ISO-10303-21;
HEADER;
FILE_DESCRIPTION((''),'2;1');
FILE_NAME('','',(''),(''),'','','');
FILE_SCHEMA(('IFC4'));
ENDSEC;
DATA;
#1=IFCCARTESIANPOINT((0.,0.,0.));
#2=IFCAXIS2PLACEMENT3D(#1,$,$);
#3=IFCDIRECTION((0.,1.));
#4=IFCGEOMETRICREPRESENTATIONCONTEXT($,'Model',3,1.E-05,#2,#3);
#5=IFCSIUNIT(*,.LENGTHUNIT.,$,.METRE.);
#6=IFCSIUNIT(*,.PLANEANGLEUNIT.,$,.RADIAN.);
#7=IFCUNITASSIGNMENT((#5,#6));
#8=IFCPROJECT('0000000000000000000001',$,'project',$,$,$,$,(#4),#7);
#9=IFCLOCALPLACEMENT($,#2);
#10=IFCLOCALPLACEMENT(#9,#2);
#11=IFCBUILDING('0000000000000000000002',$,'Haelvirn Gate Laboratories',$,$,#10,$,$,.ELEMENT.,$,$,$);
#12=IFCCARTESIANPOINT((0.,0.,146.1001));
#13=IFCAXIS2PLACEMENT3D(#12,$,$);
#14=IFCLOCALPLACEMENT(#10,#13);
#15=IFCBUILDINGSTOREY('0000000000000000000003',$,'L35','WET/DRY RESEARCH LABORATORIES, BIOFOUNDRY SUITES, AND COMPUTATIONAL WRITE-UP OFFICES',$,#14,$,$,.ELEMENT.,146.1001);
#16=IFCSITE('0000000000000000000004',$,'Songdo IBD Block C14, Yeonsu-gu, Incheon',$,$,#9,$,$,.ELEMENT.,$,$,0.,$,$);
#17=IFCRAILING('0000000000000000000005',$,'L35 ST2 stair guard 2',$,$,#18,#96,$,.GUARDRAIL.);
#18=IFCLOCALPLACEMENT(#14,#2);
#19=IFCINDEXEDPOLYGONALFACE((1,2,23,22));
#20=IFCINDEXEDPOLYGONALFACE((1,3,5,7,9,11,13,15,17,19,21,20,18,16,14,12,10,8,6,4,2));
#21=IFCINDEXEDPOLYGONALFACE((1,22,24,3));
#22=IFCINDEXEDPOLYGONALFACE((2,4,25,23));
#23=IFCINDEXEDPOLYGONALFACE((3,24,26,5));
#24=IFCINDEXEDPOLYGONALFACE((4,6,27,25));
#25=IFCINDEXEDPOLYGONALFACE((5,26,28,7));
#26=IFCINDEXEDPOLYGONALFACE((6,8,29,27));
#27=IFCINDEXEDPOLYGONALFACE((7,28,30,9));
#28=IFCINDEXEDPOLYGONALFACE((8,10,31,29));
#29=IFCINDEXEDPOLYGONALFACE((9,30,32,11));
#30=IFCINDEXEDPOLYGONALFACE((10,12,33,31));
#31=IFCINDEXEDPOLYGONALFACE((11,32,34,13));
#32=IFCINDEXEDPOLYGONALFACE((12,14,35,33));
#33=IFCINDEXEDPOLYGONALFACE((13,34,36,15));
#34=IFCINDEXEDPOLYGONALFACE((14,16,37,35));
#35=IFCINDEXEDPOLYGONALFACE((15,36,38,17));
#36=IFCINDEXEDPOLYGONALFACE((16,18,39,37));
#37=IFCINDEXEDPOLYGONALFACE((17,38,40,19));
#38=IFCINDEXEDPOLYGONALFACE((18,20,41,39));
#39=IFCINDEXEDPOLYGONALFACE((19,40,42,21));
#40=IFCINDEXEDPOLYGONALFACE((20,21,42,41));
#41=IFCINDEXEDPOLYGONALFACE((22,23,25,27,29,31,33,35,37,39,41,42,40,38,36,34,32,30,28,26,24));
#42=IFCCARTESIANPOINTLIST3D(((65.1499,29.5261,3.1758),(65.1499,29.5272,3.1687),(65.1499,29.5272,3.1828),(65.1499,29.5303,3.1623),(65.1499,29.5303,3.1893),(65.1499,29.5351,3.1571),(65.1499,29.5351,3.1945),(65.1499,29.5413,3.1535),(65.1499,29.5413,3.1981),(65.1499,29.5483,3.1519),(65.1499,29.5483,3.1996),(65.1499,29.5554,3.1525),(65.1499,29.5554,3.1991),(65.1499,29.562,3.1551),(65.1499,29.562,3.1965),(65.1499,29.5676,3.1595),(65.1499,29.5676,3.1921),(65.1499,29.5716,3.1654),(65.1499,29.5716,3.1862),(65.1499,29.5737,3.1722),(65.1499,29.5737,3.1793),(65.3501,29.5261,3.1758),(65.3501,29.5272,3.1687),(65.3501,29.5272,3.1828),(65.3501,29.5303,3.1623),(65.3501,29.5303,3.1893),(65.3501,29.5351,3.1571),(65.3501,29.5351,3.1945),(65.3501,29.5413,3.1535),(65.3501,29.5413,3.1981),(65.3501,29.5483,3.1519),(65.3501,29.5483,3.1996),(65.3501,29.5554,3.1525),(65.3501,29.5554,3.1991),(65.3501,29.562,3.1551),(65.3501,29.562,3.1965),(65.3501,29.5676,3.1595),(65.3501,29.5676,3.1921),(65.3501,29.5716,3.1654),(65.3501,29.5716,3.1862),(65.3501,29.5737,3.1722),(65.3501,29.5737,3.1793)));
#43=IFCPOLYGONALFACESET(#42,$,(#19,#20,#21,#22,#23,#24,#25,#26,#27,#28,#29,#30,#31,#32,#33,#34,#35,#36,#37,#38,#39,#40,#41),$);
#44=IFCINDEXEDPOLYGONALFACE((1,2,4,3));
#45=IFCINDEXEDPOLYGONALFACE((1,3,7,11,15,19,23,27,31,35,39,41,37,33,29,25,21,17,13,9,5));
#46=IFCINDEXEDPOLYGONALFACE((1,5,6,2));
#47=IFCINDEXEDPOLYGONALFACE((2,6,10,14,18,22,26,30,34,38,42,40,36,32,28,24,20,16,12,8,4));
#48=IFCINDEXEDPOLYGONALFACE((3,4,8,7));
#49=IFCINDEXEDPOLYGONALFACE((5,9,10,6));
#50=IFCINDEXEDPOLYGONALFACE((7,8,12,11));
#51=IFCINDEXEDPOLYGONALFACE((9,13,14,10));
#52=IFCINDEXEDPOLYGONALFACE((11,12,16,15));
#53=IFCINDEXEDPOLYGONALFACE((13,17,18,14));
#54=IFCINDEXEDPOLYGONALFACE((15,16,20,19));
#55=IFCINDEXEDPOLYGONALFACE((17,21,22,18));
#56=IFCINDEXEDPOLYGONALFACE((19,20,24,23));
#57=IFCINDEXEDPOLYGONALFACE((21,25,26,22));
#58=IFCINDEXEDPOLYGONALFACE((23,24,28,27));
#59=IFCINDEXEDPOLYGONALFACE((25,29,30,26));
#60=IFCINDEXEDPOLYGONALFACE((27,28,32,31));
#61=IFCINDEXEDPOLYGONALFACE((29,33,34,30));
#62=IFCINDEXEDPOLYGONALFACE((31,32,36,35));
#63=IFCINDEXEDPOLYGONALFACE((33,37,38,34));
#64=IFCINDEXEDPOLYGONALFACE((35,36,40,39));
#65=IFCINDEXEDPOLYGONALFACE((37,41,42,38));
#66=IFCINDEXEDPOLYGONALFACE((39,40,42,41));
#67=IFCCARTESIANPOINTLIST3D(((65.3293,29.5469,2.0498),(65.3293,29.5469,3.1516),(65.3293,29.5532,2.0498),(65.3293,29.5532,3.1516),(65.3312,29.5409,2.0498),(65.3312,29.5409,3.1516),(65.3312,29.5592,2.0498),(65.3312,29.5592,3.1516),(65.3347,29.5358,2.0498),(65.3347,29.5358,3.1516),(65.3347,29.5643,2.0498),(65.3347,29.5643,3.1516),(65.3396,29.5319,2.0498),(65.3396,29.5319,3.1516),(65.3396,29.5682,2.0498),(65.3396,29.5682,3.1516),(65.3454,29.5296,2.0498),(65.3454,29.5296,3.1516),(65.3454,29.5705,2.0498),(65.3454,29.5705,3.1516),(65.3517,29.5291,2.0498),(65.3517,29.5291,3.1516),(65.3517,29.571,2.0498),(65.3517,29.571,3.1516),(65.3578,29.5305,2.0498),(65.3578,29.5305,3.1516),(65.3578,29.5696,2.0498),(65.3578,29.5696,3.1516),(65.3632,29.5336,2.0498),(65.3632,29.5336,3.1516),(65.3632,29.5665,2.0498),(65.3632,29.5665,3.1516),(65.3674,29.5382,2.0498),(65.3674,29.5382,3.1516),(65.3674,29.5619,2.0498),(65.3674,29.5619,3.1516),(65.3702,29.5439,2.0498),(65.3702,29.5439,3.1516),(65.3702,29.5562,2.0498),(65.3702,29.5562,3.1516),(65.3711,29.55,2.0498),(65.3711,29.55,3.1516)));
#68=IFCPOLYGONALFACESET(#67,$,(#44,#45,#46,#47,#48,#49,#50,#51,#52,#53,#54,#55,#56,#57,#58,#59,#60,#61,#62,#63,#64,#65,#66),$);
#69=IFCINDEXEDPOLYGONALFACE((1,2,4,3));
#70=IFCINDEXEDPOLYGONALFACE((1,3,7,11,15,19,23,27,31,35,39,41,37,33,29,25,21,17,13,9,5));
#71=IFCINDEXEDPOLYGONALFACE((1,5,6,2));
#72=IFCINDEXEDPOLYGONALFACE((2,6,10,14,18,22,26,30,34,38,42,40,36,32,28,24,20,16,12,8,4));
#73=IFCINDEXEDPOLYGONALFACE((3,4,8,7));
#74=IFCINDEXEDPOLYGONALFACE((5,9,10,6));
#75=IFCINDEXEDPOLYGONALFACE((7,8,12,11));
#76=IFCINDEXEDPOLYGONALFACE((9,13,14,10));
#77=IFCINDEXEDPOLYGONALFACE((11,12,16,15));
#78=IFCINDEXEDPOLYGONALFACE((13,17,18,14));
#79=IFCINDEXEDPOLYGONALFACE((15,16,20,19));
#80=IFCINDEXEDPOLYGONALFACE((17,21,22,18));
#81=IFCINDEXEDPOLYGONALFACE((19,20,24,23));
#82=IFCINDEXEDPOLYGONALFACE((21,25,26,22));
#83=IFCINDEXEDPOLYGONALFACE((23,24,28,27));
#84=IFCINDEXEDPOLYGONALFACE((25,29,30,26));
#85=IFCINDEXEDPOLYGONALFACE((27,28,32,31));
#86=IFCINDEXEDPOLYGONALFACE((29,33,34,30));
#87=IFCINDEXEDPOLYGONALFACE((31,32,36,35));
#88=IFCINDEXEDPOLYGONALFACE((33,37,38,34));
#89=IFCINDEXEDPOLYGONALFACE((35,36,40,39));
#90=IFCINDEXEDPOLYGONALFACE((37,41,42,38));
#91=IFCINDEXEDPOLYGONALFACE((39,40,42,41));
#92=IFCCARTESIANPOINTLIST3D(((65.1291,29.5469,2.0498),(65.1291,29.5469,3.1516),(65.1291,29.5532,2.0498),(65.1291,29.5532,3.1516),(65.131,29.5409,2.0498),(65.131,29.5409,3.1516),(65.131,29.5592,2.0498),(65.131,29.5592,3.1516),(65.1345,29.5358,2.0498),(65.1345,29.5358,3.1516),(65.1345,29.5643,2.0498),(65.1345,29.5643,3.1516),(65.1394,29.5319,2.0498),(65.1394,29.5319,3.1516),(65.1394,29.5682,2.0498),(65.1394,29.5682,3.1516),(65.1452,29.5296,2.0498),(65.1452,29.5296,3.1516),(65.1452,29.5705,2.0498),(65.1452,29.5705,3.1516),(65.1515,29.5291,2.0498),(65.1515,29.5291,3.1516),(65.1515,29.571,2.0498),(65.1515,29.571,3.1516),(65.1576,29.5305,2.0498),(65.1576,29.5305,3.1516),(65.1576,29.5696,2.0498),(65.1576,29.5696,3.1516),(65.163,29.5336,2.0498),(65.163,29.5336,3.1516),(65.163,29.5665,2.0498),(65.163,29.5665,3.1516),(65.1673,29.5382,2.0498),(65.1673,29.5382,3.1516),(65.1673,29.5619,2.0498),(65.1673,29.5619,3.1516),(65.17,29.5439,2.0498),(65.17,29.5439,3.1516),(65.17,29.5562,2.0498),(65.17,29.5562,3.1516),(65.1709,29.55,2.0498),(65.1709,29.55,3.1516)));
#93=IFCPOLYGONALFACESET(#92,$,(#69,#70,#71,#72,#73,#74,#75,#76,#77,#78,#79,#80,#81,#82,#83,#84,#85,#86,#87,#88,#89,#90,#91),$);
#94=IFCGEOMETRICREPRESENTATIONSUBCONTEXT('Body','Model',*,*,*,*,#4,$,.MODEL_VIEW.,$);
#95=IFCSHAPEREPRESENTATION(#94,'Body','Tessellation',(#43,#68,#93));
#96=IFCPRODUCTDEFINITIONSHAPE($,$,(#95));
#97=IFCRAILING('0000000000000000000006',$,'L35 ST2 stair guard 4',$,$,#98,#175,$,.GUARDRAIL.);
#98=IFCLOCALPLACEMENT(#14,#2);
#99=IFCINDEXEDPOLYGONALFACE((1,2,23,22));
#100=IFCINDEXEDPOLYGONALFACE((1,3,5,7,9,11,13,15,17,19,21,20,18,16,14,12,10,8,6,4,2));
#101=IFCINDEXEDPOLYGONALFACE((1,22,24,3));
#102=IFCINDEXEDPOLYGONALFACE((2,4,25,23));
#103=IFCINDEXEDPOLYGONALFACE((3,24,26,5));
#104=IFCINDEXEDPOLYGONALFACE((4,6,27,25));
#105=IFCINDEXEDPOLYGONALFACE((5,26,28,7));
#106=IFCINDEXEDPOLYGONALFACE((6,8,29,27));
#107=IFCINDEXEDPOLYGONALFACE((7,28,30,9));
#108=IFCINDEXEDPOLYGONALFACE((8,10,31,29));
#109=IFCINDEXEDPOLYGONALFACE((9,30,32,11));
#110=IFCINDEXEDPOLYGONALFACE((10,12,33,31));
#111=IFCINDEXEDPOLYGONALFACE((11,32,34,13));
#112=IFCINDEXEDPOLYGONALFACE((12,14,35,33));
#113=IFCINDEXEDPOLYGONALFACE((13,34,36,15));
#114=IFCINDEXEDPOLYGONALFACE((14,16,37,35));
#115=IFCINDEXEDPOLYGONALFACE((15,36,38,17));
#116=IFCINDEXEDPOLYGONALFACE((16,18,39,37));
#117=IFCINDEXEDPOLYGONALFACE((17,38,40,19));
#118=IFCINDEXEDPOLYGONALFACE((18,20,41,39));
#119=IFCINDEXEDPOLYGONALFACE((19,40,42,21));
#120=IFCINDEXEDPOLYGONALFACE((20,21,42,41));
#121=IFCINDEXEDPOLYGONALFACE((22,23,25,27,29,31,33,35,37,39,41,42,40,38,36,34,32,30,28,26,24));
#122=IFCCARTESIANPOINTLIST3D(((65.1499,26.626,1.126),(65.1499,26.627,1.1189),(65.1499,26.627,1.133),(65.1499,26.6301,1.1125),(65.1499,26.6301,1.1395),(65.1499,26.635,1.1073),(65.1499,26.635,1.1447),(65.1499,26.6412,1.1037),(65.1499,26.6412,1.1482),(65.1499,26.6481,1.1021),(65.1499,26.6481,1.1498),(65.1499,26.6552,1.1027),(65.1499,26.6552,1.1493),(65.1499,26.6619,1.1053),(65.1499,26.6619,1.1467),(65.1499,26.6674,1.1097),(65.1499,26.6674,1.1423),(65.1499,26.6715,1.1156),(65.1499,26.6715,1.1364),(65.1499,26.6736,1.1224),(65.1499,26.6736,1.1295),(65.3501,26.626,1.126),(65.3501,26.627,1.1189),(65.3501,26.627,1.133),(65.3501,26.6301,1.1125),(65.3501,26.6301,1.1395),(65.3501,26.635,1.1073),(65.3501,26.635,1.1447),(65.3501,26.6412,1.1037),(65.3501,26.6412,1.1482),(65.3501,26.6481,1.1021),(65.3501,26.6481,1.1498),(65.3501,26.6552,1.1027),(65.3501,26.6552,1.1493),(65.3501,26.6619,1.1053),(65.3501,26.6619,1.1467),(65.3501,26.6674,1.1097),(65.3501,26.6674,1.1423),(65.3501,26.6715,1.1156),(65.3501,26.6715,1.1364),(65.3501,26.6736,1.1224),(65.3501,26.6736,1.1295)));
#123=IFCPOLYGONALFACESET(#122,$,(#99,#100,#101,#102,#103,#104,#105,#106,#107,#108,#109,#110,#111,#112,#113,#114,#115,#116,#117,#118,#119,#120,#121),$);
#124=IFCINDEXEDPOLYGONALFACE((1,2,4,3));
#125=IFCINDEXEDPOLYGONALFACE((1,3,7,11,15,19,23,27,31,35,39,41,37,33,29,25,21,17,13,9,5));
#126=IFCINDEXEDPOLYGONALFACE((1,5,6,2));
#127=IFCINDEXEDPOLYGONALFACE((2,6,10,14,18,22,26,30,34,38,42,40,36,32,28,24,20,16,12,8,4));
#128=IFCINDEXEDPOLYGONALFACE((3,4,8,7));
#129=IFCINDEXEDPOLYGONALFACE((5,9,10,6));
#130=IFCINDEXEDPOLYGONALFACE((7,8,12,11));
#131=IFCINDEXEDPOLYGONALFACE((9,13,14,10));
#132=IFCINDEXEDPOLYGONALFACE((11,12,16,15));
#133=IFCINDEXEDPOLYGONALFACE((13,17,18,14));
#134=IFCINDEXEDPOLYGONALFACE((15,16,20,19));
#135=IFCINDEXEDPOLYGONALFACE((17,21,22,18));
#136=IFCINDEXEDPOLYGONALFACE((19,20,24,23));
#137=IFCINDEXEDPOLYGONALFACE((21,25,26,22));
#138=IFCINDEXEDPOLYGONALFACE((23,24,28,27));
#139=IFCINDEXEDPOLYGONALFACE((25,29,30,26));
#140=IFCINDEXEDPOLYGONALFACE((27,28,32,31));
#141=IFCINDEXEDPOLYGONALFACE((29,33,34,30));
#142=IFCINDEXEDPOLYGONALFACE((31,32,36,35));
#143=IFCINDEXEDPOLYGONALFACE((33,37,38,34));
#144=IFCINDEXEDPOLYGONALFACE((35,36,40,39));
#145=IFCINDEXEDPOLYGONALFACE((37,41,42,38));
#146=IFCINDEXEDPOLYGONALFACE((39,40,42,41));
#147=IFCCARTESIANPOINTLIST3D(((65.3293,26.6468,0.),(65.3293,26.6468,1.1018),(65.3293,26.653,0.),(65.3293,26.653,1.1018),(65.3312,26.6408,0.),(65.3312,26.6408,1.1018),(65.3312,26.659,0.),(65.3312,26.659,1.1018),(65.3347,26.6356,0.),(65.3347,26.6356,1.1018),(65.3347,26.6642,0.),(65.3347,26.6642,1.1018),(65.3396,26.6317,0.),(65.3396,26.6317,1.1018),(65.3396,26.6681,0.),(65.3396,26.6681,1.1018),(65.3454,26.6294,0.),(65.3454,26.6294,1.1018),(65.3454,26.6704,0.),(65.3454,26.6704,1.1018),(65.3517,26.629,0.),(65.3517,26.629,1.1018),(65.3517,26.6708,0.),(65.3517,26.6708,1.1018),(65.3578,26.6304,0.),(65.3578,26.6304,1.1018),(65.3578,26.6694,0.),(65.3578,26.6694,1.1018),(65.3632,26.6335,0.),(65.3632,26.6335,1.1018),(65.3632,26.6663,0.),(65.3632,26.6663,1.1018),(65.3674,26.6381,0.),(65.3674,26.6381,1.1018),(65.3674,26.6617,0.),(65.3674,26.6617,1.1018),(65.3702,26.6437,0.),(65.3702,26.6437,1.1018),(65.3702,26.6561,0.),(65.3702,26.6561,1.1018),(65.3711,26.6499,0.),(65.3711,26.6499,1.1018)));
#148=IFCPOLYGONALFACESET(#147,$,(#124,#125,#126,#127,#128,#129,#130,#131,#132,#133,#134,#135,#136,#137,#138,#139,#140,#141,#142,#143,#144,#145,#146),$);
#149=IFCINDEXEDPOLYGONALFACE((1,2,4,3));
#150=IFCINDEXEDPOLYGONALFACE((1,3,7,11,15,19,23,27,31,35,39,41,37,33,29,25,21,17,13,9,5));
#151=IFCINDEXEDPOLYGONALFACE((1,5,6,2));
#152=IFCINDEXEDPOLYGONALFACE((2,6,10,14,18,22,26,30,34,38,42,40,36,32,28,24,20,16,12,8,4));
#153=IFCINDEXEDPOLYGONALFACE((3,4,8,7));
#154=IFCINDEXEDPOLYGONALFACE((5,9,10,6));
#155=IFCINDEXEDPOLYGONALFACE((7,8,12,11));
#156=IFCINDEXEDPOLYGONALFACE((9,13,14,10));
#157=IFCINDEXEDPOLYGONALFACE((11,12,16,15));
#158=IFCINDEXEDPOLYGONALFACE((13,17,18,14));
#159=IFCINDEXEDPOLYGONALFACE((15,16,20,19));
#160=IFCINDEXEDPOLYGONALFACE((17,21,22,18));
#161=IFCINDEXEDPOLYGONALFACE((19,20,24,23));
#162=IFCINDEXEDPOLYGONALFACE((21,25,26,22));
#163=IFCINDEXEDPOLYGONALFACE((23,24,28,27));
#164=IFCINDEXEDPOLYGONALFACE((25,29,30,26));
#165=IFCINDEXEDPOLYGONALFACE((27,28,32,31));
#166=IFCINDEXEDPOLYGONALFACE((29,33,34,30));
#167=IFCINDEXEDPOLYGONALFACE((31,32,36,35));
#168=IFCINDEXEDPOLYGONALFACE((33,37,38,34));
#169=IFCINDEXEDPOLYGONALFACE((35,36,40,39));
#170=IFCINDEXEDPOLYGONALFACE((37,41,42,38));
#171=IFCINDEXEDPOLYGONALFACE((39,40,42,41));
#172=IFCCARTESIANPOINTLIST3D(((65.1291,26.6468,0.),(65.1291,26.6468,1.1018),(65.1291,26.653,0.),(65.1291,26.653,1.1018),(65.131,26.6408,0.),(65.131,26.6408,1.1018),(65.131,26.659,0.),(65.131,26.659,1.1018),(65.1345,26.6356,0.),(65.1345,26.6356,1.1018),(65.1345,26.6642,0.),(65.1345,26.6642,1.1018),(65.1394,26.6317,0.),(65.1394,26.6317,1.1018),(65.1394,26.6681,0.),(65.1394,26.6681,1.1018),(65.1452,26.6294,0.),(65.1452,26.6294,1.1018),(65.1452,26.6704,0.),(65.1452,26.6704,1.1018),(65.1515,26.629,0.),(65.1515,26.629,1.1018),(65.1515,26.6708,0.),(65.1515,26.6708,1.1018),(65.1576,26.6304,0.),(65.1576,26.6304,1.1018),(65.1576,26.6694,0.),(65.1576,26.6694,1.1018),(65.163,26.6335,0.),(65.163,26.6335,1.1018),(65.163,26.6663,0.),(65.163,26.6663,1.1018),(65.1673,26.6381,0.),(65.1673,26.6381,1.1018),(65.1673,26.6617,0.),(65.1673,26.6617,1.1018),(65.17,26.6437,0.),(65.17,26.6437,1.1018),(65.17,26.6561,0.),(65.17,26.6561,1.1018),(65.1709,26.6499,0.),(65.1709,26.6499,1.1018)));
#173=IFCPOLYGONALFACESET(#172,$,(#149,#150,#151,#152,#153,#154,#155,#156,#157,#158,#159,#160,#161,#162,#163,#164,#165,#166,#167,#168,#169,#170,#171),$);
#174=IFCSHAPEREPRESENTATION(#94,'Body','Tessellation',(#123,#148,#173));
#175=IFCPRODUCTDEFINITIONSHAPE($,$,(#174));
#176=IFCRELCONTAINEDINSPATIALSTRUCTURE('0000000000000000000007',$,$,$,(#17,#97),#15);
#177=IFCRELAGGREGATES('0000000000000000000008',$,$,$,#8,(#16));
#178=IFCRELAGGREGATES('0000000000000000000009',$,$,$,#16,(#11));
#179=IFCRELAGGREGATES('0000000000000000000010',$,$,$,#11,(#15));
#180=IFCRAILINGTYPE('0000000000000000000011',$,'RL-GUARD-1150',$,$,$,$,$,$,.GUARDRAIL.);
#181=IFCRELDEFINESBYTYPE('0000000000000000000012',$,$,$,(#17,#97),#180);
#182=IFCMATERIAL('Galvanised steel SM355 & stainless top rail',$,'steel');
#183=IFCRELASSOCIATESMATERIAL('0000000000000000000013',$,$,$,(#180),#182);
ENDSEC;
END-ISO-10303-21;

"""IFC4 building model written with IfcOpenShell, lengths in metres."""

from ifc_helpers import new_model, si_unit, direction, frame, origin, origin_2d, place, context, subcontext, project, spatial, circle, extrude, source, transform, mapped, material, type_object, element, save


model = new_model("IFC4")

# Units and contexts
model_context = context("Model", 3, precision=1e-05, world=origin(), true_north=direction((0.0, 1.0)))
body_context = subcontext(model_context, "Body", "Model", "MODEL_VIEW")
ifc_project = project(units=[si_unit("LENGTHUNIT", "METRE"), si_unit("PLANEANGLEUNIT", "RADIAN")], contexts=[model_context])

# Site, building, storey
site_placement = place(None, origin())
site = spatial("IfcSite", under=ifc_project, at=site_placement, Name="Songdo IBD Block C14, Yeonsu-gu, Incheon", CompositionType="ELEMENT", RefElevation=0.0)
building_placement = place(site_placement, origin())
building = spatial("IfcBuilding", under=site, at=building_placement, Name="Haelvirn Gate Laboratories", CompositionType="ELEMENT")
storey_placement = place(building_placement, frame((0.0, 0.0, 146.1001)))
storey = spatial("IfcBuildingStorey", under=building, at=storey_placement, Name="L35", Description="WET/DRY RESEARCH LABORATORIES, BIOFOUNDRY SUITES, AND COMPUTATIONAL WRITE-UP OFFICES", CompositionType="ELEMENT", Elevation=146.1001)

# Railings
ifc_material_1 = material(Name="Galvanised steel SM355 & stainless top rail", Category="steel")
railing_type_1 = type_object("IfcRailingType", Name="RL-GUARD-1150", PredefinedType="GUARDRAIL", material=ifc_material_1)
shared_shape_1 = source(origin(), body_context, "Body", "SweptSolid", [
    extrude(circle(Radius=0.0239, at=origin_2d()), frame((0.0, 0.0, 1.126), z_axis=(-1.0, 0.0, 0.0), x_axis=(0.0, -1.0, 0.0)), (0.0, 0.0, 1.0), 0.2002),
    extrude(circle(Radius=0.021, at=origin_2d()), origin(), (0.0, 0.0, 1.0), 1.1018),
    extrude(circle(Radius=0.021, at=origin_2d()), frame((-0.2002, 0.0, 0.0)), (0.0, 0.0, 1.0), 1.1018),
])
for number, where, name in (
    (1, (65.3501, 29.55, 2.0498), "L35 ST2 stair guard 2"),
    (2, (65.3501, 26.6499, 0.0), "L35 ST2 stair guard 4"),
):
    element("IfcRailing", number, at=place(storey_placement, frame(where)), inside=storey, type_object=railing_type_1, Name=name, PredefinedType="GUARDRAIL", context=body_context, shape_type="MappedRepresentation", body=[
        mapped(shared_shape_1, transform((0.0, 0.0, 0.0), scale=1.0)),
    ])

save(model, "model.ifc")
